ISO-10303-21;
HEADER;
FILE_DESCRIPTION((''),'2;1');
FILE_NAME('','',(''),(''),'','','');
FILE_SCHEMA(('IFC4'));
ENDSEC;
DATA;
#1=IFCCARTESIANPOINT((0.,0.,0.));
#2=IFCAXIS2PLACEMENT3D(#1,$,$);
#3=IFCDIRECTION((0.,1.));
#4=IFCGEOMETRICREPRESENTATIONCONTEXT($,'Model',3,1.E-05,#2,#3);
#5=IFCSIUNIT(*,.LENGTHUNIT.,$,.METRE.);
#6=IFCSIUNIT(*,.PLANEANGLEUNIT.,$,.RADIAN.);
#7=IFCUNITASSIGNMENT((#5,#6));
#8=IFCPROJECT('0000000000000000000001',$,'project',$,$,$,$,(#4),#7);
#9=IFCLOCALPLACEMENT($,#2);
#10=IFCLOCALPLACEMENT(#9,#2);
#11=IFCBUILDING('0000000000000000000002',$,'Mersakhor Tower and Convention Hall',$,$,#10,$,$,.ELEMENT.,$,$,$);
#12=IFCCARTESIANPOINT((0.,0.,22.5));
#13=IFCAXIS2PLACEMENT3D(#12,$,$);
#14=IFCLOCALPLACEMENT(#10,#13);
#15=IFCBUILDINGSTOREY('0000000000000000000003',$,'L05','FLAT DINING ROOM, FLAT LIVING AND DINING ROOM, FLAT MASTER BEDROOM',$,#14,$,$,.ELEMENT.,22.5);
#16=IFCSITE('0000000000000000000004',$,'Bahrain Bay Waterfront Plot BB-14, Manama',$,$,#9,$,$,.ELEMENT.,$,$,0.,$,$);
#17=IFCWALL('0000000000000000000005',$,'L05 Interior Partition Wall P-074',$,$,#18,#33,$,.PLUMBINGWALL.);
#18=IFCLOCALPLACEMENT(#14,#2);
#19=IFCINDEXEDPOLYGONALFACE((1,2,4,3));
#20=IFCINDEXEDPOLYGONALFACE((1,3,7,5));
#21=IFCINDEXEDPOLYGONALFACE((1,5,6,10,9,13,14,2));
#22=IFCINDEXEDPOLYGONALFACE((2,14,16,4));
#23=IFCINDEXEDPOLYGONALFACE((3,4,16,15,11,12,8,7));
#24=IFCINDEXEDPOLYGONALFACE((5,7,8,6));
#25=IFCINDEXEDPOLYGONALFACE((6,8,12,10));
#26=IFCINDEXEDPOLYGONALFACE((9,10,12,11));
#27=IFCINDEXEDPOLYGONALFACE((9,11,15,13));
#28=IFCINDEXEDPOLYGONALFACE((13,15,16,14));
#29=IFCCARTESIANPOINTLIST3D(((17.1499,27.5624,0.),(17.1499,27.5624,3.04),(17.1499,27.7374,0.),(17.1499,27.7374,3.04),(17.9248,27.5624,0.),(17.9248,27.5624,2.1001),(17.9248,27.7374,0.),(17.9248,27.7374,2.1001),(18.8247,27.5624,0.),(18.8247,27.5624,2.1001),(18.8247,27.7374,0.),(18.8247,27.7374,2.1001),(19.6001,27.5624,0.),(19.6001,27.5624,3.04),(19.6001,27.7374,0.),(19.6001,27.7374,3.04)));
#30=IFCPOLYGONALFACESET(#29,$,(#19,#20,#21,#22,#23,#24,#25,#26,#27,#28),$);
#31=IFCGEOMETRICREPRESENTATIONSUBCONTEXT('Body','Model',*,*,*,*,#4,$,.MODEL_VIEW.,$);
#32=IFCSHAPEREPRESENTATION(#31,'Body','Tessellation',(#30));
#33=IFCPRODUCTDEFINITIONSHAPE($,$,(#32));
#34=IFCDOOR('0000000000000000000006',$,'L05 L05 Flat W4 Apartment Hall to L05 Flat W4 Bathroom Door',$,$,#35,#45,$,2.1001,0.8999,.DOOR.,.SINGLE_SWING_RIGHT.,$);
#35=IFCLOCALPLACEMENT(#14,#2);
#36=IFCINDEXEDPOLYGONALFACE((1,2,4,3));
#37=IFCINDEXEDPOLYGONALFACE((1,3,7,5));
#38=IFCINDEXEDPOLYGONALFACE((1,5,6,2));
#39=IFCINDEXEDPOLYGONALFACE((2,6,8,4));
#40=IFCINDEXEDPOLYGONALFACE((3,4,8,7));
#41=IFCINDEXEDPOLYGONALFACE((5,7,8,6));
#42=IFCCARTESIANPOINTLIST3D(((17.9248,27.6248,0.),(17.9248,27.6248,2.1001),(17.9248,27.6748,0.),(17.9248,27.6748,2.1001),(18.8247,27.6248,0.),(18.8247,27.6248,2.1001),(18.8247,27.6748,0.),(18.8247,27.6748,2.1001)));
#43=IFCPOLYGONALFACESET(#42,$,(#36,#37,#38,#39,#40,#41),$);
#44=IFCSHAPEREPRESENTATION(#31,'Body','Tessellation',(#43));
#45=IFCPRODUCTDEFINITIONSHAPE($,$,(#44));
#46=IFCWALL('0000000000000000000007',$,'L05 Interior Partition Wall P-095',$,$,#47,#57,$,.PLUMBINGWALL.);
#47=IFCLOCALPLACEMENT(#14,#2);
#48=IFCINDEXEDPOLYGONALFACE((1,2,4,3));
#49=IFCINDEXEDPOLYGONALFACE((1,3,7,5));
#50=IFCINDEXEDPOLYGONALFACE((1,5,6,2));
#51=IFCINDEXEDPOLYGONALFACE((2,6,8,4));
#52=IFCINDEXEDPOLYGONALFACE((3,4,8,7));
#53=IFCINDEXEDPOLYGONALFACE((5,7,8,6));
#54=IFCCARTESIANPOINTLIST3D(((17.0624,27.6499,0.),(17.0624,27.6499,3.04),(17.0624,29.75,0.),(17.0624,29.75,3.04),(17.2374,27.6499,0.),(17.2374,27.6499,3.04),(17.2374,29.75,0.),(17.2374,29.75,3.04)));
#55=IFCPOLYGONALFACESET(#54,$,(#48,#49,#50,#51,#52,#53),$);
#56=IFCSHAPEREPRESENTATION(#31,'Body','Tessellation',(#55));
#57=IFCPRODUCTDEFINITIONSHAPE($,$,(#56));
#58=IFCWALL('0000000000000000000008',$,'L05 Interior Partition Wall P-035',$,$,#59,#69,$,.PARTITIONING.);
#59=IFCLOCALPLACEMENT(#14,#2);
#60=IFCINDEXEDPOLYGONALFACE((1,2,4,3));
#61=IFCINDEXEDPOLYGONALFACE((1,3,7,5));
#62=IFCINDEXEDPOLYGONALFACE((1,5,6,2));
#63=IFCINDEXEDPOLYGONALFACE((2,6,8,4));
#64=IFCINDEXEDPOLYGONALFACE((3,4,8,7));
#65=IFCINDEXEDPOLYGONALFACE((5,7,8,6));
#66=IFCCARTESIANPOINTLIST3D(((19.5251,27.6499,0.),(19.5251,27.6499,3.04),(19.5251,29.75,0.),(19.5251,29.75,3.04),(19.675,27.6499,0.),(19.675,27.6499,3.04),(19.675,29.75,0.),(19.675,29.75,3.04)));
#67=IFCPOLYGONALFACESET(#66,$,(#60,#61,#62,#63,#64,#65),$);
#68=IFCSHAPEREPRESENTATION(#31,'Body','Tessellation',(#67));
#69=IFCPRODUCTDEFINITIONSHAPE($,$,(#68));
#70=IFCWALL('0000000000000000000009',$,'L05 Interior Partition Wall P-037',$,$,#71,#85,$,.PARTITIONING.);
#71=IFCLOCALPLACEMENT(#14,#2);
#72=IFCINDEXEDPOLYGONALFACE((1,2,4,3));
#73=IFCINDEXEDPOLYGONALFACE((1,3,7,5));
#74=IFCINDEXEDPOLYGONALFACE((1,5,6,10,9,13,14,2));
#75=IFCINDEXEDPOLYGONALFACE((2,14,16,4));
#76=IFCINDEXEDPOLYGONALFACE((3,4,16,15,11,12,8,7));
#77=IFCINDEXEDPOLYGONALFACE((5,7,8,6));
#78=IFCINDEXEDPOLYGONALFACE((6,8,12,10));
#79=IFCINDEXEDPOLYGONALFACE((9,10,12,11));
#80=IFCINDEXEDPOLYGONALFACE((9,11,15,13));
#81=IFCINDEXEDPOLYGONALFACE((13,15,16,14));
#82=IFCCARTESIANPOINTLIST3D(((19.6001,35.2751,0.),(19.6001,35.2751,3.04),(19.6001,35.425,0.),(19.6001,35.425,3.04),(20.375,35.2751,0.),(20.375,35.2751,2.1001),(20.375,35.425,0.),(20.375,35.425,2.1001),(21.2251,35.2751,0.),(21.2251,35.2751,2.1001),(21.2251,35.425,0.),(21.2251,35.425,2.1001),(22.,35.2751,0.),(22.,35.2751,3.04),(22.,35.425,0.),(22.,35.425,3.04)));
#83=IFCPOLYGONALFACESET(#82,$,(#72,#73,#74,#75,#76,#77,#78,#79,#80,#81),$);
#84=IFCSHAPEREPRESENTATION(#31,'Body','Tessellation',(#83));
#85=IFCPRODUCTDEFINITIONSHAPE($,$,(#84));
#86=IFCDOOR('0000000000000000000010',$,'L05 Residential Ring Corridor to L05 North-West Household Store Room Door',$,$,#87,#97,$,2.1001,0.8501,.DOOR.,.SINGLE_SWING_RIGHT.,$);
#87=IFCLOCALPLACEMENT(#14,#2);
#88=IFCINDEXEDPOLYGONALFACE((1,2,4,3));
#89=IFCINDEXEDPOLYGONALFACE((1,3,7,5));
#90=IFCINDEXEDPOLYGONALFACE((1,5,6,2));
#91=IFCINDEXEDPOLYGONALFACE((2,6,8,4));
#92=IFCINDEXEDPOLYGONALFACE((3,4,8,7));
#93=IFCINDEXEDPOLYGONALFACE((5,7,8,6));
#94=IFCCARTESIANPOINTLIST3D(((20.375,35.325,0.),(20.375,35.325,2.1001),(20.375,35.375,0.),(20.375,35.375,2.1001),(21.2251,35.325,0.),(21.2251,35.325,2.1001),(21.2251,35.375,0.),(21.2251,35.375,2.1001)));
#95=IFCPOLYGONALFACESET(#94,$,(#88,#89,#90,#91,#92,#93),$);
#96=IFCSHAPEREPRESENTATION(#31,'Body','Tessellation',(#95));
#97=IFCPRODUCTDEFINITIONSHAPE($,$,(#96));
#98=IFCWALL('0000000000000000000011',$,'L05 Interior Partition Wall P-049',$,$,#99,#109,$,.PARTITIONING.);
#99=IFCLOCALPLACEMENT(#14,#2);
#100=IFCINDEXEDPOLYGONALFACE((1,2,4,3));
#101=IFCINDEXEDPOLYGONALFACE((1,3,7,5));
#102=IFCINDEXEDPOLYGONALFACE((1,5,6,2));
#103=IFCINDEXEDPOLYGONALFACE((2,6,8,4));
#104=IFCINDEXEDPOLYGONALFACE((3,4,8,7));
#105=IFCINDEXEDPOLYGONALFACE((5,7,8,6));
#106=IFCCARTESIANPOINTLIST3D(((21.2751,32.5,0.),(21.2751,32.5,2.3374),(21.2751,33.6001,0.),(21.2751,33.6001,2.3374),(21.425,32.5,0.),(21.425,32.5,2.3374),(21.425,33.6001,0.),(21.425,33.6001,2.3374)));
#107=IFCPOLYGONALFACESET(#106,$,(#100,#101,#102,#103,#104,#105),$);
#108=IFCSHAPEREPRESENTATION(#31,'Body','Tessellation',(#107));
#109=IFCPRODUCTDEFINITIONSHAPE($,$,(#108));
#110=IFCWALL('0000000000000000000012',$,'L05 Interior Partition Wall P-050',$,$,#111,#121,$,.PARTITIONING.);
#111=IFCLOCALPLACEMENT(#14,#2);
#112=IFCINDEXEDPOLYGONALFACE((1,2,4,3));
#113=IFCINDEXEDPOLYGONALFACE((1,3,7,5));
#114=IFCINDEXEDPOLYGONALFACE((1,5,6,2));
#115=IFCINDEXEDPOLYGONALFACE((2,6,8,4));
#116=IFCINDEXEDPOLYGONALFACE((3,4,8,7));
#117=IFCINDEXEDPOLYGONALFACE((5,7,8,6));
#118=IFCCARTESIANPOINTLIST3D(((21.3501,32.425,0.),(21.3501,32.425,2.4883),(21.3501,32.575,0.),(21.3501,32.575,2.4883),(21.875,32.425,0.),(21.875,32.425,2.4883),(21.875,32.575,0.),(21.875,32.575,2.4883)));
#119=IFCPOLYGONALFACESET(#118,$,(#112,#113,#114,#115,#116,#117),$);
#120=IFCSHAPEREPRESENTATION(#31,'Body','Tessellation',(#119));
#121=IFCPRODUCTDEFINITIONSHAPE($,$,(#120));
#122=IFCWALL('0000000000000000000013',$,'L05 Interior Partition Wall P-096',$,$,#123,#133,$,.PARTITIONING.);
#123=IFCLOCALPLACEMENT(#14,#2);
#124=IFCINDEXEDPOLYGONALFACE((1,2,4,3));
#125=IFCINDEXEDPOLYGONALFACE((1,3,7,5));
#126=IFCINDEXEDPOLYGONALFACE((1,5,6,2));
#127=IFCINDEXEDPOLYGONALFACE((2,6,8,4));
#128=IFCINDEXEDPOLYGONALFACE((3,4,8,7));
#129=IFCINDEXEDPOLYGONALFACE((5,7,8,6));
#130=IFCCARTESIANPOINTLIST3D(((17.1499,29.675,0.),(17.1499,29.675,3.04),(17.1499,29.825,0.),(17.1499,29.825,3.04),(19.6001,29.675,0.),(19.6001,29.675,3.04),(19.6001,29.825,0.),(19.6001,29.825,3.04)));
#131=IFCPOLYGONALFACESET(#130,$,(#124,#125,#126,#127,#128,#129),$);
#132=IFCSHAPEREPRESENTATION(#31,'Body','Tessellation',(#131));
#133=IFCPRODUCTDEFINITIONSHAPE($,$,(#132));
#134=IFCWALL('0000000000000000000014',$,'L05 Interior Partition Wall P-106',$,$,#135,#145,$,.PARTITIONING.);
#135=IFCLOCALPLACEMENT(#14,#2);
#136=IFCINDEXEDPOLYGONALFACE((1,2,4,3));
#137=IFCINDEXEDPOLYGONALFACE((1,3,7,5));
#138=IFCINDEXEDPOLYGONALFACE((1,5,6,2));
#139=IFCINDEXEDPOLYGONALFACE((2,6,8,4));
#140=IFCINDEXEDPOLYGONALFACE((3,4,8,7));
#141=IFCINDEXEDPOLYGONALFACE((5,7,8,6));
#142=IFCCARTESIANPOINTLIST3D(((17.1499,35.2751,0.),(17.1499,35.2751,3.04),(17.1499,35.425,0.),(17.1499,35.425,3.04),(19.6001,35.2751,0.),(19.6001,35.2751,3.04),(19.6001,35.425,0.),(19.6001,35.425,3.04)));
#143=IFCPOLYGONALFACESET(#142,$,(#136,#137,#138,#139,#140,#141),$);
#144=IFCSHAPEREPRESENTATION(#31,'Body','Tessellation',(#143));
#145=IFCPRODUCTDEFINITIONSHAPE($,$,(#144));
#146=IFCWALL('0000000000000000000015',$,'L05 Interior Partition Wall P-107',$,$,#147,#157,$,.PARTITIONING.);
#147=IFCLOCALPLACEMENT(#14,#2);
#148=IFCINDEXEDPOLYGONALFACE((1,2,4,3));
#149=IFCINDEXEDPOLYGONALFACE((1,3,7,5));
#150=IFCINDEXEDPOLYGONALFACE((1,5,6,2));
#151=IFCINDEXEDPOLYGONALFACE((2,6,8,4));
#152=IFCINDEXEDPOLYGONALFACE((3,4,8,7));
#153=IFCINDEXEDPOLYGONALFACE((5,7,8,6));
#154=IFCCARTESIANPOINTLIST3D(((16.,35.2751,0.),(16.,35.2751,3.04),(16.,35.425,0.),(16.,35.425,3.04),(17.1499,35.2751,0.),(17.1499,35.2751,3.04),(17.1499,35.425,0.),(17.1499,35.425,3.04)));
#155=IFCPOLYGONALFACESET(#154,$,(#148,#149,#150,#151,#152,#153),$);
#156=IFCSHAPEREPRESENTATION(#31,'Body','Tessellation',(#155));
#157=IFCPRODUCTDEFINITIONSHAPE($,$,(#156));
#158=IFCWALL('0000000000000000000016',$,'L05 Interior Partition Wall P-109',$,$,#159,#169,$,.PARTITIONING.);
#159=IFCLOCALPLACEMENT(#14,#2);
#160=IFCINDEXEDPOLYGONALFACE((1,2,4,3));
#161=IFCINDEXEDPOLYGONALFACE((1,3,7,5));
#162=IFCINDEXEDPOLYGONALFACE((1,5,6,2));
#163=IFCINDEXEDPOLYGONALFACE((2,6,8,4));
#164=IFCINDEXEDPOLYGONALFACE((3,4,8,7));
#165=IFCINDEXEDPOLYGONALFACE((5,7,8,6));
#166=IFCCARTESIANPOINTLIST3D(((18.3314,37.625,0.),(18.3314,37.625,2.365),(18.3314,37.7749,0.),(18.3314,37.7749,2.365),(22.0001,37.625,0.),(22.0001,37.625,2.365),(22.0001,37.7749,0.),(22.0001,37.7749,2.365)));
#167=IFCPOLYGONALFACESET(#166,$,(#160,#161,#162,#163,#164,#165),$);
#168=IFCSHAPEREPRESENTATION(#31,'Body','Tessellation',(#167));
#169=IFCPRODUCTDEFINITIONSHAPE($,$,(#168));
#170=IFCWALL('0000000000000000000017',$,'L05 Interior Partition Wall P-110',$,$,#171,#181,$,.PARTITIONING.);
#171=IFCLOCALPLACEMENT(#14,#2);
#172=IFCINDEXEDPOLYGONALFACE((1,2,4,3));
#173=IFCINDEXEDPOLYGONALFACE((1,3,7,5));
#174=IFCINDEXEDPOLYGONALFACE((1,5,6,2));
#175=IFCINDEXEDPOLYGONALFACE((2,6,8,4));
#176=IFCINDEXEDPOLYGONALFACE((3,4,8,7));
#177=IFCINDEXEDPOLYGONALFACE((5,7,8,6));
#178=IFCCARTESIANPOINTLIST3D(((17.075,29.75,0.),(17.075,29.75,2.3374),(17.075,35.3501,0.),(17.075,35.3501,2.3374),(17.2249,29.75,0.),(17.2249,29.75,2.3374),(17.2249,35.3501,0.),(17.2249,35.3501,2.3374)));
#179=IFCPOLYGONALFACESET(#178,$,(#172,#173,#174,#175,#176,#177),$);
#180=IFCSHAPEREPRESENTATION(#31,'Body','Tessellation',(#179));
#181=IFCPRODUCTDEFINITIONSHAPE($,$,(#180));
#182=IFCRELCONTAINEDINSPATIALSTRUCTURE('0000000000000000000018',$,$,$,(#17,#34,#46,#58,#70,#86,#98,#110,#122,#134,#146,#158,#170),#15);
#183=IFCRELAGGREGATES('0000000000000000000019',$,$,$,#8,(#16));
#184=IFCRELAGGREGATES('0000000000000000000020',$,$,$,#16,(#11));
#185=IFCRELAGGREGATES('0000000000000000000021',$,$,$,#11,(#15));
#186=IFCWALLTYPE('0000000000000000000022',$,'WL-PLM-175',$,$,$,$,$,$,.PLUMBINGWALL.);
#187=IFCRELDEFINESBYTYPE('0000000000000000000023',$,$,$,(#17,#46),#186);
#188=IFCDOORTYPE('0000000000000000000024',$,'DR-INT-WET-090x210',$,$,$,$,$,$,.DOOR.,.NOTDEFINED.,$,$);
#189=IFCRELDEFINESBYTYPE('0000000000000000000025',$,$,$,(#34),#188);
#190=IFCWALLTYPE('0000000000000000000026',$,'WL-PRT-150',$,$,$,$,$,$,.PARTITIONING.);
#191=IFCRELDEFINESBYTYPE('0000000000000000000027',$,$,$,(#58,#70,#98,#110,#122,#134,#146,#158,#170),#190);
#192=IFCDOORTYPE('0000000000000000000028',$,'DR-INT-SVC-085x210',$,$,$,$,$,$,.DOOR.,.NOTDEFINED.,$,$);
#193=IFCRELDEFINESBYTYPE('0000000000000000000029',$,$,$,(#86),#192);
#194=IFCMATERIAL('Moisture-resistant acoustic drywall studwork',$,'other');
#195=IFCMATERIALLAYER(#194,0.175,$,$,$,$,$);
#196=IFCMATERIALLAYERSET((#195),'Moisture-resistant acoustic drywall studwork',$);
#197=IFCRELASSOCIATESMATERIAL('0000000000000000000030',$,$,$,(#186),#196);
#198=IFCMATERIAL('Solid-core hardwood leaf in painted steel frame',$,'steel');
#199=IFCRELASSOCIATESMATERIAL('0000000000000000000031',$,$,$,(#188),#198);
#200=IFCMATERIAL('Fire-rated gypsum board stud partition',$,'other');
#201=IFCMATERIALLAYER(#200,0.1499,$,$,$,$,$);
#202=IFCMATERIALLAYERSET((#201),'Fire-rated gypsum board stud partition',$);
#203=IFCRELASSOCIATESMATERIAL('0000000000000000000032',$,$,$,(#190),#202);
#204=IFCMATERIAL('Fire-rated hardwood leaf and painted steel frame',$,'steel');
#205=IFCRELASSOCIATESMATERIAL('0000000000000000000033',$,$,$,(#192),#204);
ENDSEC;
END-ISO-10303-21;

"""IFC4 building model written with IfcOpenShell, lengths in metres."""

from ifc_helpers import new_model, si_unit, direction, frame, frame_2d, origin, place, context, subcontext, project, spatial, rectangle, extrude, material, layer, layer_set, type_object, element, fill, save


model = new_model("IFC4")

# Units and contexts
model_context = context("Model", 3, precision=1e-05, world=origin(), true_north=direction((0.0, 1.0)))
body_context = subcontext(model_context, "Body", "Model", "MODEL_VIEW")
ifc_project = project(units=[si_unit("LENGTHUNIT", "METRE"), si_unit("PLANEANGLEUNIT", "RADIAN")], contexts=[model_context])

# Site, building, storey
site_placement = place(None, origin())
site = spatial("IfcSite", under=ifc_project, at=site_placement, Name="Bahrain Bay Waterfront Plot BB-14, Manama", CompositionType="ELEMENT", RefElevation=0.0)
building_placement = place(site_placement, origin())
building = spatial("IfcBuilding", under=site, at=building_placement, Name="Mersakhor Tower and Convention Hall", CompositionType="ELEMENT")
storey_placement = place(building_placement, frame((0.0, 0.0, 22.5)))
storey = spatial("IfcBuildingStorey", under=building, at=storey_placement, Name="L05", Description="FLAT DINING ROOM, FLAT LIVING AND DINING ROOM, FLAT MASTER BEDROOM", CompositionType="ELEMENT", Elevation=22.5)

# Wall, opening, door
ifc_material_1 = material(Name="Moisture-resistant acoustic drywall studwork", Category="other")
ifc_layer_1 = layer(ifc_material_1, 0.175)
ifc_layer_set_1 = layer_set([ifc_layer_1], Name="Moisture-resistant acoustic drywall studwork")
wall_type_1 = type_object("IfcWallType", Name="WL-PLM-175", PredefinedType="PLUMBINGWALL", material=ifc_layer_set_1)
wall_1_placement = place(storey_placement, frame((17.1499, 27.6499, 0.0), z_axis=(0.0, 0.0, 1.0), x_axis=(1.0, 0.0, 0.0)))
wall_1 = element("IfcWall", 1, at=wall_1_placement, inside=storey, type_object=wall_type_1, Name="L05 Interior Partition Wall P-074", PredefinedType="PLUMBINGWALL", context=body_context, shape_type="SweptSolid", body=[
    extrude(rectangle(XDim=2.4502, YDim=0.175, at=frame_2d((1.2251, 0.0))), origin(), (0.0, 0.0, 1.0), 3.04),
])
opening_1_placement = place(wall_1_placement, frame((0.7749, 0.0, 0.0)))
opening_1 = element("IfcOpeningElement", 2, at=opening_1_placement, cuts=wall_1, PredefinedType="OPENING", context=body_context, shape_type="SweptSolid", body=[
    extrude(rectangle(XDim=0.8999, YDim=2.1001, at=frame_2d((0.45, 1.05))), frame((0.0, 0.0974, 0.0), z_axis=(0.0, -1.0, 0.0), x_axis=(1.0, 0.0, 0.0)), (0.0, 0.0, 1.0), 0.1951),
])
ifc_material_2 = material(Name="Solid-core hardwood leaf in painted steel frame", Category="steel")
door_type_1 = type_object("IfcDoorType", Name="DR-INT-WET-090x210", OperationType="NOTDEFINED", PredefinedType="DOOR", material=ifc_material_2)
door_1_placement = place(opening_1_placement, origin())
door_1 = element("IfcDoor", 3, at=door_1_placement, inside=storey, type_object=door_type_1, Name="L05 L05 Flat W4 Apartment Hall to L05 Flat W4 Bathroom Door", OperationType="SINGLE_SWING_RIGHT", OverallHeight=2.1001, OverallWidth=0.8999, PredefinedType="DOOR", context=body_context, shape_type="SweptSolid", body=[
    extrude(rectangle(XDim=0.8999, YDim=2.1001, at=frame_2d((0.45, 1.05))), frame((0.0, 0.0249, 0.0), z_axis=(0.0, -1.0, 0.0), x_axis=(1.0, 0.0, 0.0)), (0.0, 0.0, 1.0), 0.05),
])
fill(opening_1, door_1)

# Walls
wall_2_placement = place(storey_placement, frame((17.1499, 27.6499, 0.0), z_axis=(0.0, 0.0, 1.0), x_axis=(0.0, 1.0, 0.0)))
element("IfcWall", 4, at=wall_2_placement, inside=storey, type_object=wall_type_1, Name="L05 Interior Partition Wall P-095", PredefinedType="PLUMBINGWALL", context=body_context, shape_type="SweptSolid", body=[
    extrude(rectangle(XDim=2.1001, YDim=0.175, at=frame_2d((1.05, 0.0))), origin(), (0.0, 0.0, 1.0), 3.04),
])
ifc_material_3 = material(Name="Fire-rated gypsum board stud partition", Category="other")
ifc_layer_2 = layer(ifc_material_3, 0.1499)
ifc_layer_set_2 = layer_set([ifc_layer_2], Name="Fire-rated gypsum board stud partition")
wall_type_2 = type_object("IfcWallType", Name="WL-PRT-150", PredefinedType="PARTITIONING", material=ifc_layer_set_2)
wall_3_placement = place(storey_placement, frame((19.6001, 27.6499, 0.0), z_axis=(0.0, 0.0, 1.0), x_axis=(0.0, 1.0, 0.0)))
element("IfcWall", 5, at=wall_3_placement, inside=storey, type_object=wall_type_2, Name="L05 Interior Partition Wall P-035", PredefinedType="PARTITIONING", context=body_context, shape_type="SweptSolid", body=[
    extrude(rectangle(XDim=2.1001, YDim=0.1499, at=frame_2d((1.05, 0.0))), origin(), (0.0, 0.0, 1.0), 3.04),
])

# Wall, opening, door
wall_4_placement = place(storey_placement, frame((19.6001, 35.3501, 0.0), z_axis=(0.0, 0.0, 1.0), x_axis=(1.0, 0.0, 0.0)))
wall_4 = element("IfcWall", 6, at=wall_4_placement, inside=storey, type_object=wall_type_2, Name="L05 Interior Partition Wall P-037", PredefinedType="PARTITIONING", context=body_context, shape_type="SweptSolid", body=[
    extrude(rectangle(XDim=2.3999, YDim=0.1499, at=frame_2d((1.2, 0.0))), origin(), (0.0, 0.0, 1.0), 3.04),
])
opening_2_placement = place(wall_4_placement, frame((0.7749, 0.0, 0.0)))
opening_2 = element("IfcOpeningElement", 7, at=opening_2_placement, cuts=wall_4, PredefinedType="OPENING", context=body_context, shape_type="SweptSolid", body=[
    extrude(rectangle(XDim=0.8501, YDim=2.1001, at=frame_2d((0.425, 1.05))), frame((0.0, 0.085, 0.0), z_axis=(0.0, -1.0, 0.0), x_axis=(1.0, 0.0, 0.0)), (0.0, 0.0, 1.0), 0.1699),
])
ifc_material_4 = material(Name="Fire-rated hardwood leaf and painted steel frame", Category="steel")
door_type_2 = type_object("IfcDoorType", Name="DR-INT-SVC-085x210", OperationType="NOTDEFINED", PredefinedType="DOOR", material=ifc_material_4)
door_2_placement = place(opening_2_placement, origin())
door_2 = element("IfcDoor", 8, at=door_2_placement, inside=storey, type_object=door_type_2, Name="L05 Residential Ring Corridor to L05 North-West Household Store Room Door", OperationType="SINGLE_SWING_RIGHT", OverallHeight=2.1001, OverallWidth=0.8501, PredefinedType="DOOR", context=body_context, shape_type="SweptSolid", body=[
    extrude(rectangle(XDim=0.8501, YDim=2.1001, at=frame_2d((0.425, 1.05))), frame((0.0, 0.0249, 0.0), z_axis=(0.0, -1.0, 0.0), x_axis=(1.0, 0.0, 0.0)), (0.0, 0.0, 1.0), 0.05),
])
fill(opening_2, door_2)

# Walls
wall_5_placement = place(storey_placement, frame((21.3501, 33.6001, 0.0), z_axis=(0.0, 0.0, 1.0), x_axis=(0.0, -1.0, 0.0)))
element("IfcWall", 9, at=wall_5_placement, inside=storey, type_object=wall_type_2, Name="L05 Interior Partition Wall P-049", PredefinedType="PARTITIONING", context=body_context, shape_type="SweptSolid", body=[
    extrude(rectangle(XDim=1.1001, YDim=0.1499, at=frame_2d((0.55, 0.0))), origin(), (0.0, 0.0, 1.0), 2.3374),
])
wall_6_placement = place(storey_placement, frame((21.3501, 32.5, 0.0), z_axis=(0.0, 0.0, 1.0), x_axis=(1.0, 0.0, 0.0)))
element("IfcWall", 10, at=wall_6_placement, inside=storey, type_object=wall_type_2, Name="L05 Interior Partition Wall P-050", PredefinedType="PARTITIONING", context=body_context, shape_type="SweptSolid", body=[
    extrude(rectangle(XDim=0.5249, YDim=0.1499, at=frame_2d((0.2625, 0.0))), origin(), (0.0, 0.0, 1.0), 2.4883),
])
for number, where, z_axis, x_axis, name in (
    (11, (17.1499, 29.75, 0.0), (0.0, 0.0, 1.0), (1.0, 0.0, 0.0), "L05 Interior Partition Wall P-096"),
    (12, (19.6001, 35.3501, 0.0), (0.0, 0.0, 1.0), (-1.0, 0.0, 0.0), "L05 Interior Partition Wall P-106"),
):
    element("IfcWall", number, at=place(storey_placement, frame(where, z_axis=z_axis, x_axis=x_axis)), inside=storey, type_object=wall_type_2, Name=name, PredefinedType="PARTITIONING", context=body_context, shape_type="SweptSolid", body=[
        extrude(rectangle(XDim=2.4502, YDim=0.1499, at=frame_2d((1.2251, 0.0))), origin(), (0.0, 0.0, 1.0), 3.04),
    ])
wall_7_placement = place(storey_placement, frame((17.1499, 35.3501, 0.0), z_axis=(0.0, 0.0, 1.0), x_axis=(-1.0, 0.0, 0.0)))
element("IfcWall", 13, at=wall_7_placement, inside=storey, type_object=wall_type_2, Name="L05 Interior Partition Wall P-107", PredefinedType="PARTITIONING", context=body_context, shape_type="SweptSolid", body=[
    extrude(rectangle(XDim=1.1499, YDim=0.1499, at=frame_2d((0.575, 0.0))), origin(), (0.0, 0.0, 1.0), 3.04),
])
wall_8_placement = place(storey_placement, frame((18.3313, 37.7, 0.0), z_axis=(0.0, 0.0, 1.0), x_axis=(1.0, 0.0, 0.0)))
element("IfcWall", 14, at=wall_8_placement, inside=storey, type_object=wall_type_2, Name="L05 Interior Partition Wall P-109", PredefinedType="PARTITIONING", context=body_context, shape_type="SweptSolid", body=[
    extrude(rectangle(XDim=3.6687, YDim=0.1499, at=frame_2d((1.8345, 0.0))), origin(), (0.0, 0.0, 1.0), 2.365),
])
wall_9_placement = place(storey_placement, frame((17.1499, 29.75, 0.0), z_axis=(0.0, 0.0, 1.0), x_axis=(0.0, 1.0, 0.0)))
element("IfcWall", 15, at=wall_9_placement, inside=storey, type_object=wall_type_2, Name="L05 Interior Partition Wall P-110", PredefinedType="PARTITIONING", context=body_context, shape_type="SweptSolid", body=[
    extrude(rectangle(XDim=5.6001, YDim=0.1499, at=frame_2d((2.8, 0.0))), origin(), (0.0, 0.0, 1.0), 2.3374),
])

save(model, "model.ifc")
